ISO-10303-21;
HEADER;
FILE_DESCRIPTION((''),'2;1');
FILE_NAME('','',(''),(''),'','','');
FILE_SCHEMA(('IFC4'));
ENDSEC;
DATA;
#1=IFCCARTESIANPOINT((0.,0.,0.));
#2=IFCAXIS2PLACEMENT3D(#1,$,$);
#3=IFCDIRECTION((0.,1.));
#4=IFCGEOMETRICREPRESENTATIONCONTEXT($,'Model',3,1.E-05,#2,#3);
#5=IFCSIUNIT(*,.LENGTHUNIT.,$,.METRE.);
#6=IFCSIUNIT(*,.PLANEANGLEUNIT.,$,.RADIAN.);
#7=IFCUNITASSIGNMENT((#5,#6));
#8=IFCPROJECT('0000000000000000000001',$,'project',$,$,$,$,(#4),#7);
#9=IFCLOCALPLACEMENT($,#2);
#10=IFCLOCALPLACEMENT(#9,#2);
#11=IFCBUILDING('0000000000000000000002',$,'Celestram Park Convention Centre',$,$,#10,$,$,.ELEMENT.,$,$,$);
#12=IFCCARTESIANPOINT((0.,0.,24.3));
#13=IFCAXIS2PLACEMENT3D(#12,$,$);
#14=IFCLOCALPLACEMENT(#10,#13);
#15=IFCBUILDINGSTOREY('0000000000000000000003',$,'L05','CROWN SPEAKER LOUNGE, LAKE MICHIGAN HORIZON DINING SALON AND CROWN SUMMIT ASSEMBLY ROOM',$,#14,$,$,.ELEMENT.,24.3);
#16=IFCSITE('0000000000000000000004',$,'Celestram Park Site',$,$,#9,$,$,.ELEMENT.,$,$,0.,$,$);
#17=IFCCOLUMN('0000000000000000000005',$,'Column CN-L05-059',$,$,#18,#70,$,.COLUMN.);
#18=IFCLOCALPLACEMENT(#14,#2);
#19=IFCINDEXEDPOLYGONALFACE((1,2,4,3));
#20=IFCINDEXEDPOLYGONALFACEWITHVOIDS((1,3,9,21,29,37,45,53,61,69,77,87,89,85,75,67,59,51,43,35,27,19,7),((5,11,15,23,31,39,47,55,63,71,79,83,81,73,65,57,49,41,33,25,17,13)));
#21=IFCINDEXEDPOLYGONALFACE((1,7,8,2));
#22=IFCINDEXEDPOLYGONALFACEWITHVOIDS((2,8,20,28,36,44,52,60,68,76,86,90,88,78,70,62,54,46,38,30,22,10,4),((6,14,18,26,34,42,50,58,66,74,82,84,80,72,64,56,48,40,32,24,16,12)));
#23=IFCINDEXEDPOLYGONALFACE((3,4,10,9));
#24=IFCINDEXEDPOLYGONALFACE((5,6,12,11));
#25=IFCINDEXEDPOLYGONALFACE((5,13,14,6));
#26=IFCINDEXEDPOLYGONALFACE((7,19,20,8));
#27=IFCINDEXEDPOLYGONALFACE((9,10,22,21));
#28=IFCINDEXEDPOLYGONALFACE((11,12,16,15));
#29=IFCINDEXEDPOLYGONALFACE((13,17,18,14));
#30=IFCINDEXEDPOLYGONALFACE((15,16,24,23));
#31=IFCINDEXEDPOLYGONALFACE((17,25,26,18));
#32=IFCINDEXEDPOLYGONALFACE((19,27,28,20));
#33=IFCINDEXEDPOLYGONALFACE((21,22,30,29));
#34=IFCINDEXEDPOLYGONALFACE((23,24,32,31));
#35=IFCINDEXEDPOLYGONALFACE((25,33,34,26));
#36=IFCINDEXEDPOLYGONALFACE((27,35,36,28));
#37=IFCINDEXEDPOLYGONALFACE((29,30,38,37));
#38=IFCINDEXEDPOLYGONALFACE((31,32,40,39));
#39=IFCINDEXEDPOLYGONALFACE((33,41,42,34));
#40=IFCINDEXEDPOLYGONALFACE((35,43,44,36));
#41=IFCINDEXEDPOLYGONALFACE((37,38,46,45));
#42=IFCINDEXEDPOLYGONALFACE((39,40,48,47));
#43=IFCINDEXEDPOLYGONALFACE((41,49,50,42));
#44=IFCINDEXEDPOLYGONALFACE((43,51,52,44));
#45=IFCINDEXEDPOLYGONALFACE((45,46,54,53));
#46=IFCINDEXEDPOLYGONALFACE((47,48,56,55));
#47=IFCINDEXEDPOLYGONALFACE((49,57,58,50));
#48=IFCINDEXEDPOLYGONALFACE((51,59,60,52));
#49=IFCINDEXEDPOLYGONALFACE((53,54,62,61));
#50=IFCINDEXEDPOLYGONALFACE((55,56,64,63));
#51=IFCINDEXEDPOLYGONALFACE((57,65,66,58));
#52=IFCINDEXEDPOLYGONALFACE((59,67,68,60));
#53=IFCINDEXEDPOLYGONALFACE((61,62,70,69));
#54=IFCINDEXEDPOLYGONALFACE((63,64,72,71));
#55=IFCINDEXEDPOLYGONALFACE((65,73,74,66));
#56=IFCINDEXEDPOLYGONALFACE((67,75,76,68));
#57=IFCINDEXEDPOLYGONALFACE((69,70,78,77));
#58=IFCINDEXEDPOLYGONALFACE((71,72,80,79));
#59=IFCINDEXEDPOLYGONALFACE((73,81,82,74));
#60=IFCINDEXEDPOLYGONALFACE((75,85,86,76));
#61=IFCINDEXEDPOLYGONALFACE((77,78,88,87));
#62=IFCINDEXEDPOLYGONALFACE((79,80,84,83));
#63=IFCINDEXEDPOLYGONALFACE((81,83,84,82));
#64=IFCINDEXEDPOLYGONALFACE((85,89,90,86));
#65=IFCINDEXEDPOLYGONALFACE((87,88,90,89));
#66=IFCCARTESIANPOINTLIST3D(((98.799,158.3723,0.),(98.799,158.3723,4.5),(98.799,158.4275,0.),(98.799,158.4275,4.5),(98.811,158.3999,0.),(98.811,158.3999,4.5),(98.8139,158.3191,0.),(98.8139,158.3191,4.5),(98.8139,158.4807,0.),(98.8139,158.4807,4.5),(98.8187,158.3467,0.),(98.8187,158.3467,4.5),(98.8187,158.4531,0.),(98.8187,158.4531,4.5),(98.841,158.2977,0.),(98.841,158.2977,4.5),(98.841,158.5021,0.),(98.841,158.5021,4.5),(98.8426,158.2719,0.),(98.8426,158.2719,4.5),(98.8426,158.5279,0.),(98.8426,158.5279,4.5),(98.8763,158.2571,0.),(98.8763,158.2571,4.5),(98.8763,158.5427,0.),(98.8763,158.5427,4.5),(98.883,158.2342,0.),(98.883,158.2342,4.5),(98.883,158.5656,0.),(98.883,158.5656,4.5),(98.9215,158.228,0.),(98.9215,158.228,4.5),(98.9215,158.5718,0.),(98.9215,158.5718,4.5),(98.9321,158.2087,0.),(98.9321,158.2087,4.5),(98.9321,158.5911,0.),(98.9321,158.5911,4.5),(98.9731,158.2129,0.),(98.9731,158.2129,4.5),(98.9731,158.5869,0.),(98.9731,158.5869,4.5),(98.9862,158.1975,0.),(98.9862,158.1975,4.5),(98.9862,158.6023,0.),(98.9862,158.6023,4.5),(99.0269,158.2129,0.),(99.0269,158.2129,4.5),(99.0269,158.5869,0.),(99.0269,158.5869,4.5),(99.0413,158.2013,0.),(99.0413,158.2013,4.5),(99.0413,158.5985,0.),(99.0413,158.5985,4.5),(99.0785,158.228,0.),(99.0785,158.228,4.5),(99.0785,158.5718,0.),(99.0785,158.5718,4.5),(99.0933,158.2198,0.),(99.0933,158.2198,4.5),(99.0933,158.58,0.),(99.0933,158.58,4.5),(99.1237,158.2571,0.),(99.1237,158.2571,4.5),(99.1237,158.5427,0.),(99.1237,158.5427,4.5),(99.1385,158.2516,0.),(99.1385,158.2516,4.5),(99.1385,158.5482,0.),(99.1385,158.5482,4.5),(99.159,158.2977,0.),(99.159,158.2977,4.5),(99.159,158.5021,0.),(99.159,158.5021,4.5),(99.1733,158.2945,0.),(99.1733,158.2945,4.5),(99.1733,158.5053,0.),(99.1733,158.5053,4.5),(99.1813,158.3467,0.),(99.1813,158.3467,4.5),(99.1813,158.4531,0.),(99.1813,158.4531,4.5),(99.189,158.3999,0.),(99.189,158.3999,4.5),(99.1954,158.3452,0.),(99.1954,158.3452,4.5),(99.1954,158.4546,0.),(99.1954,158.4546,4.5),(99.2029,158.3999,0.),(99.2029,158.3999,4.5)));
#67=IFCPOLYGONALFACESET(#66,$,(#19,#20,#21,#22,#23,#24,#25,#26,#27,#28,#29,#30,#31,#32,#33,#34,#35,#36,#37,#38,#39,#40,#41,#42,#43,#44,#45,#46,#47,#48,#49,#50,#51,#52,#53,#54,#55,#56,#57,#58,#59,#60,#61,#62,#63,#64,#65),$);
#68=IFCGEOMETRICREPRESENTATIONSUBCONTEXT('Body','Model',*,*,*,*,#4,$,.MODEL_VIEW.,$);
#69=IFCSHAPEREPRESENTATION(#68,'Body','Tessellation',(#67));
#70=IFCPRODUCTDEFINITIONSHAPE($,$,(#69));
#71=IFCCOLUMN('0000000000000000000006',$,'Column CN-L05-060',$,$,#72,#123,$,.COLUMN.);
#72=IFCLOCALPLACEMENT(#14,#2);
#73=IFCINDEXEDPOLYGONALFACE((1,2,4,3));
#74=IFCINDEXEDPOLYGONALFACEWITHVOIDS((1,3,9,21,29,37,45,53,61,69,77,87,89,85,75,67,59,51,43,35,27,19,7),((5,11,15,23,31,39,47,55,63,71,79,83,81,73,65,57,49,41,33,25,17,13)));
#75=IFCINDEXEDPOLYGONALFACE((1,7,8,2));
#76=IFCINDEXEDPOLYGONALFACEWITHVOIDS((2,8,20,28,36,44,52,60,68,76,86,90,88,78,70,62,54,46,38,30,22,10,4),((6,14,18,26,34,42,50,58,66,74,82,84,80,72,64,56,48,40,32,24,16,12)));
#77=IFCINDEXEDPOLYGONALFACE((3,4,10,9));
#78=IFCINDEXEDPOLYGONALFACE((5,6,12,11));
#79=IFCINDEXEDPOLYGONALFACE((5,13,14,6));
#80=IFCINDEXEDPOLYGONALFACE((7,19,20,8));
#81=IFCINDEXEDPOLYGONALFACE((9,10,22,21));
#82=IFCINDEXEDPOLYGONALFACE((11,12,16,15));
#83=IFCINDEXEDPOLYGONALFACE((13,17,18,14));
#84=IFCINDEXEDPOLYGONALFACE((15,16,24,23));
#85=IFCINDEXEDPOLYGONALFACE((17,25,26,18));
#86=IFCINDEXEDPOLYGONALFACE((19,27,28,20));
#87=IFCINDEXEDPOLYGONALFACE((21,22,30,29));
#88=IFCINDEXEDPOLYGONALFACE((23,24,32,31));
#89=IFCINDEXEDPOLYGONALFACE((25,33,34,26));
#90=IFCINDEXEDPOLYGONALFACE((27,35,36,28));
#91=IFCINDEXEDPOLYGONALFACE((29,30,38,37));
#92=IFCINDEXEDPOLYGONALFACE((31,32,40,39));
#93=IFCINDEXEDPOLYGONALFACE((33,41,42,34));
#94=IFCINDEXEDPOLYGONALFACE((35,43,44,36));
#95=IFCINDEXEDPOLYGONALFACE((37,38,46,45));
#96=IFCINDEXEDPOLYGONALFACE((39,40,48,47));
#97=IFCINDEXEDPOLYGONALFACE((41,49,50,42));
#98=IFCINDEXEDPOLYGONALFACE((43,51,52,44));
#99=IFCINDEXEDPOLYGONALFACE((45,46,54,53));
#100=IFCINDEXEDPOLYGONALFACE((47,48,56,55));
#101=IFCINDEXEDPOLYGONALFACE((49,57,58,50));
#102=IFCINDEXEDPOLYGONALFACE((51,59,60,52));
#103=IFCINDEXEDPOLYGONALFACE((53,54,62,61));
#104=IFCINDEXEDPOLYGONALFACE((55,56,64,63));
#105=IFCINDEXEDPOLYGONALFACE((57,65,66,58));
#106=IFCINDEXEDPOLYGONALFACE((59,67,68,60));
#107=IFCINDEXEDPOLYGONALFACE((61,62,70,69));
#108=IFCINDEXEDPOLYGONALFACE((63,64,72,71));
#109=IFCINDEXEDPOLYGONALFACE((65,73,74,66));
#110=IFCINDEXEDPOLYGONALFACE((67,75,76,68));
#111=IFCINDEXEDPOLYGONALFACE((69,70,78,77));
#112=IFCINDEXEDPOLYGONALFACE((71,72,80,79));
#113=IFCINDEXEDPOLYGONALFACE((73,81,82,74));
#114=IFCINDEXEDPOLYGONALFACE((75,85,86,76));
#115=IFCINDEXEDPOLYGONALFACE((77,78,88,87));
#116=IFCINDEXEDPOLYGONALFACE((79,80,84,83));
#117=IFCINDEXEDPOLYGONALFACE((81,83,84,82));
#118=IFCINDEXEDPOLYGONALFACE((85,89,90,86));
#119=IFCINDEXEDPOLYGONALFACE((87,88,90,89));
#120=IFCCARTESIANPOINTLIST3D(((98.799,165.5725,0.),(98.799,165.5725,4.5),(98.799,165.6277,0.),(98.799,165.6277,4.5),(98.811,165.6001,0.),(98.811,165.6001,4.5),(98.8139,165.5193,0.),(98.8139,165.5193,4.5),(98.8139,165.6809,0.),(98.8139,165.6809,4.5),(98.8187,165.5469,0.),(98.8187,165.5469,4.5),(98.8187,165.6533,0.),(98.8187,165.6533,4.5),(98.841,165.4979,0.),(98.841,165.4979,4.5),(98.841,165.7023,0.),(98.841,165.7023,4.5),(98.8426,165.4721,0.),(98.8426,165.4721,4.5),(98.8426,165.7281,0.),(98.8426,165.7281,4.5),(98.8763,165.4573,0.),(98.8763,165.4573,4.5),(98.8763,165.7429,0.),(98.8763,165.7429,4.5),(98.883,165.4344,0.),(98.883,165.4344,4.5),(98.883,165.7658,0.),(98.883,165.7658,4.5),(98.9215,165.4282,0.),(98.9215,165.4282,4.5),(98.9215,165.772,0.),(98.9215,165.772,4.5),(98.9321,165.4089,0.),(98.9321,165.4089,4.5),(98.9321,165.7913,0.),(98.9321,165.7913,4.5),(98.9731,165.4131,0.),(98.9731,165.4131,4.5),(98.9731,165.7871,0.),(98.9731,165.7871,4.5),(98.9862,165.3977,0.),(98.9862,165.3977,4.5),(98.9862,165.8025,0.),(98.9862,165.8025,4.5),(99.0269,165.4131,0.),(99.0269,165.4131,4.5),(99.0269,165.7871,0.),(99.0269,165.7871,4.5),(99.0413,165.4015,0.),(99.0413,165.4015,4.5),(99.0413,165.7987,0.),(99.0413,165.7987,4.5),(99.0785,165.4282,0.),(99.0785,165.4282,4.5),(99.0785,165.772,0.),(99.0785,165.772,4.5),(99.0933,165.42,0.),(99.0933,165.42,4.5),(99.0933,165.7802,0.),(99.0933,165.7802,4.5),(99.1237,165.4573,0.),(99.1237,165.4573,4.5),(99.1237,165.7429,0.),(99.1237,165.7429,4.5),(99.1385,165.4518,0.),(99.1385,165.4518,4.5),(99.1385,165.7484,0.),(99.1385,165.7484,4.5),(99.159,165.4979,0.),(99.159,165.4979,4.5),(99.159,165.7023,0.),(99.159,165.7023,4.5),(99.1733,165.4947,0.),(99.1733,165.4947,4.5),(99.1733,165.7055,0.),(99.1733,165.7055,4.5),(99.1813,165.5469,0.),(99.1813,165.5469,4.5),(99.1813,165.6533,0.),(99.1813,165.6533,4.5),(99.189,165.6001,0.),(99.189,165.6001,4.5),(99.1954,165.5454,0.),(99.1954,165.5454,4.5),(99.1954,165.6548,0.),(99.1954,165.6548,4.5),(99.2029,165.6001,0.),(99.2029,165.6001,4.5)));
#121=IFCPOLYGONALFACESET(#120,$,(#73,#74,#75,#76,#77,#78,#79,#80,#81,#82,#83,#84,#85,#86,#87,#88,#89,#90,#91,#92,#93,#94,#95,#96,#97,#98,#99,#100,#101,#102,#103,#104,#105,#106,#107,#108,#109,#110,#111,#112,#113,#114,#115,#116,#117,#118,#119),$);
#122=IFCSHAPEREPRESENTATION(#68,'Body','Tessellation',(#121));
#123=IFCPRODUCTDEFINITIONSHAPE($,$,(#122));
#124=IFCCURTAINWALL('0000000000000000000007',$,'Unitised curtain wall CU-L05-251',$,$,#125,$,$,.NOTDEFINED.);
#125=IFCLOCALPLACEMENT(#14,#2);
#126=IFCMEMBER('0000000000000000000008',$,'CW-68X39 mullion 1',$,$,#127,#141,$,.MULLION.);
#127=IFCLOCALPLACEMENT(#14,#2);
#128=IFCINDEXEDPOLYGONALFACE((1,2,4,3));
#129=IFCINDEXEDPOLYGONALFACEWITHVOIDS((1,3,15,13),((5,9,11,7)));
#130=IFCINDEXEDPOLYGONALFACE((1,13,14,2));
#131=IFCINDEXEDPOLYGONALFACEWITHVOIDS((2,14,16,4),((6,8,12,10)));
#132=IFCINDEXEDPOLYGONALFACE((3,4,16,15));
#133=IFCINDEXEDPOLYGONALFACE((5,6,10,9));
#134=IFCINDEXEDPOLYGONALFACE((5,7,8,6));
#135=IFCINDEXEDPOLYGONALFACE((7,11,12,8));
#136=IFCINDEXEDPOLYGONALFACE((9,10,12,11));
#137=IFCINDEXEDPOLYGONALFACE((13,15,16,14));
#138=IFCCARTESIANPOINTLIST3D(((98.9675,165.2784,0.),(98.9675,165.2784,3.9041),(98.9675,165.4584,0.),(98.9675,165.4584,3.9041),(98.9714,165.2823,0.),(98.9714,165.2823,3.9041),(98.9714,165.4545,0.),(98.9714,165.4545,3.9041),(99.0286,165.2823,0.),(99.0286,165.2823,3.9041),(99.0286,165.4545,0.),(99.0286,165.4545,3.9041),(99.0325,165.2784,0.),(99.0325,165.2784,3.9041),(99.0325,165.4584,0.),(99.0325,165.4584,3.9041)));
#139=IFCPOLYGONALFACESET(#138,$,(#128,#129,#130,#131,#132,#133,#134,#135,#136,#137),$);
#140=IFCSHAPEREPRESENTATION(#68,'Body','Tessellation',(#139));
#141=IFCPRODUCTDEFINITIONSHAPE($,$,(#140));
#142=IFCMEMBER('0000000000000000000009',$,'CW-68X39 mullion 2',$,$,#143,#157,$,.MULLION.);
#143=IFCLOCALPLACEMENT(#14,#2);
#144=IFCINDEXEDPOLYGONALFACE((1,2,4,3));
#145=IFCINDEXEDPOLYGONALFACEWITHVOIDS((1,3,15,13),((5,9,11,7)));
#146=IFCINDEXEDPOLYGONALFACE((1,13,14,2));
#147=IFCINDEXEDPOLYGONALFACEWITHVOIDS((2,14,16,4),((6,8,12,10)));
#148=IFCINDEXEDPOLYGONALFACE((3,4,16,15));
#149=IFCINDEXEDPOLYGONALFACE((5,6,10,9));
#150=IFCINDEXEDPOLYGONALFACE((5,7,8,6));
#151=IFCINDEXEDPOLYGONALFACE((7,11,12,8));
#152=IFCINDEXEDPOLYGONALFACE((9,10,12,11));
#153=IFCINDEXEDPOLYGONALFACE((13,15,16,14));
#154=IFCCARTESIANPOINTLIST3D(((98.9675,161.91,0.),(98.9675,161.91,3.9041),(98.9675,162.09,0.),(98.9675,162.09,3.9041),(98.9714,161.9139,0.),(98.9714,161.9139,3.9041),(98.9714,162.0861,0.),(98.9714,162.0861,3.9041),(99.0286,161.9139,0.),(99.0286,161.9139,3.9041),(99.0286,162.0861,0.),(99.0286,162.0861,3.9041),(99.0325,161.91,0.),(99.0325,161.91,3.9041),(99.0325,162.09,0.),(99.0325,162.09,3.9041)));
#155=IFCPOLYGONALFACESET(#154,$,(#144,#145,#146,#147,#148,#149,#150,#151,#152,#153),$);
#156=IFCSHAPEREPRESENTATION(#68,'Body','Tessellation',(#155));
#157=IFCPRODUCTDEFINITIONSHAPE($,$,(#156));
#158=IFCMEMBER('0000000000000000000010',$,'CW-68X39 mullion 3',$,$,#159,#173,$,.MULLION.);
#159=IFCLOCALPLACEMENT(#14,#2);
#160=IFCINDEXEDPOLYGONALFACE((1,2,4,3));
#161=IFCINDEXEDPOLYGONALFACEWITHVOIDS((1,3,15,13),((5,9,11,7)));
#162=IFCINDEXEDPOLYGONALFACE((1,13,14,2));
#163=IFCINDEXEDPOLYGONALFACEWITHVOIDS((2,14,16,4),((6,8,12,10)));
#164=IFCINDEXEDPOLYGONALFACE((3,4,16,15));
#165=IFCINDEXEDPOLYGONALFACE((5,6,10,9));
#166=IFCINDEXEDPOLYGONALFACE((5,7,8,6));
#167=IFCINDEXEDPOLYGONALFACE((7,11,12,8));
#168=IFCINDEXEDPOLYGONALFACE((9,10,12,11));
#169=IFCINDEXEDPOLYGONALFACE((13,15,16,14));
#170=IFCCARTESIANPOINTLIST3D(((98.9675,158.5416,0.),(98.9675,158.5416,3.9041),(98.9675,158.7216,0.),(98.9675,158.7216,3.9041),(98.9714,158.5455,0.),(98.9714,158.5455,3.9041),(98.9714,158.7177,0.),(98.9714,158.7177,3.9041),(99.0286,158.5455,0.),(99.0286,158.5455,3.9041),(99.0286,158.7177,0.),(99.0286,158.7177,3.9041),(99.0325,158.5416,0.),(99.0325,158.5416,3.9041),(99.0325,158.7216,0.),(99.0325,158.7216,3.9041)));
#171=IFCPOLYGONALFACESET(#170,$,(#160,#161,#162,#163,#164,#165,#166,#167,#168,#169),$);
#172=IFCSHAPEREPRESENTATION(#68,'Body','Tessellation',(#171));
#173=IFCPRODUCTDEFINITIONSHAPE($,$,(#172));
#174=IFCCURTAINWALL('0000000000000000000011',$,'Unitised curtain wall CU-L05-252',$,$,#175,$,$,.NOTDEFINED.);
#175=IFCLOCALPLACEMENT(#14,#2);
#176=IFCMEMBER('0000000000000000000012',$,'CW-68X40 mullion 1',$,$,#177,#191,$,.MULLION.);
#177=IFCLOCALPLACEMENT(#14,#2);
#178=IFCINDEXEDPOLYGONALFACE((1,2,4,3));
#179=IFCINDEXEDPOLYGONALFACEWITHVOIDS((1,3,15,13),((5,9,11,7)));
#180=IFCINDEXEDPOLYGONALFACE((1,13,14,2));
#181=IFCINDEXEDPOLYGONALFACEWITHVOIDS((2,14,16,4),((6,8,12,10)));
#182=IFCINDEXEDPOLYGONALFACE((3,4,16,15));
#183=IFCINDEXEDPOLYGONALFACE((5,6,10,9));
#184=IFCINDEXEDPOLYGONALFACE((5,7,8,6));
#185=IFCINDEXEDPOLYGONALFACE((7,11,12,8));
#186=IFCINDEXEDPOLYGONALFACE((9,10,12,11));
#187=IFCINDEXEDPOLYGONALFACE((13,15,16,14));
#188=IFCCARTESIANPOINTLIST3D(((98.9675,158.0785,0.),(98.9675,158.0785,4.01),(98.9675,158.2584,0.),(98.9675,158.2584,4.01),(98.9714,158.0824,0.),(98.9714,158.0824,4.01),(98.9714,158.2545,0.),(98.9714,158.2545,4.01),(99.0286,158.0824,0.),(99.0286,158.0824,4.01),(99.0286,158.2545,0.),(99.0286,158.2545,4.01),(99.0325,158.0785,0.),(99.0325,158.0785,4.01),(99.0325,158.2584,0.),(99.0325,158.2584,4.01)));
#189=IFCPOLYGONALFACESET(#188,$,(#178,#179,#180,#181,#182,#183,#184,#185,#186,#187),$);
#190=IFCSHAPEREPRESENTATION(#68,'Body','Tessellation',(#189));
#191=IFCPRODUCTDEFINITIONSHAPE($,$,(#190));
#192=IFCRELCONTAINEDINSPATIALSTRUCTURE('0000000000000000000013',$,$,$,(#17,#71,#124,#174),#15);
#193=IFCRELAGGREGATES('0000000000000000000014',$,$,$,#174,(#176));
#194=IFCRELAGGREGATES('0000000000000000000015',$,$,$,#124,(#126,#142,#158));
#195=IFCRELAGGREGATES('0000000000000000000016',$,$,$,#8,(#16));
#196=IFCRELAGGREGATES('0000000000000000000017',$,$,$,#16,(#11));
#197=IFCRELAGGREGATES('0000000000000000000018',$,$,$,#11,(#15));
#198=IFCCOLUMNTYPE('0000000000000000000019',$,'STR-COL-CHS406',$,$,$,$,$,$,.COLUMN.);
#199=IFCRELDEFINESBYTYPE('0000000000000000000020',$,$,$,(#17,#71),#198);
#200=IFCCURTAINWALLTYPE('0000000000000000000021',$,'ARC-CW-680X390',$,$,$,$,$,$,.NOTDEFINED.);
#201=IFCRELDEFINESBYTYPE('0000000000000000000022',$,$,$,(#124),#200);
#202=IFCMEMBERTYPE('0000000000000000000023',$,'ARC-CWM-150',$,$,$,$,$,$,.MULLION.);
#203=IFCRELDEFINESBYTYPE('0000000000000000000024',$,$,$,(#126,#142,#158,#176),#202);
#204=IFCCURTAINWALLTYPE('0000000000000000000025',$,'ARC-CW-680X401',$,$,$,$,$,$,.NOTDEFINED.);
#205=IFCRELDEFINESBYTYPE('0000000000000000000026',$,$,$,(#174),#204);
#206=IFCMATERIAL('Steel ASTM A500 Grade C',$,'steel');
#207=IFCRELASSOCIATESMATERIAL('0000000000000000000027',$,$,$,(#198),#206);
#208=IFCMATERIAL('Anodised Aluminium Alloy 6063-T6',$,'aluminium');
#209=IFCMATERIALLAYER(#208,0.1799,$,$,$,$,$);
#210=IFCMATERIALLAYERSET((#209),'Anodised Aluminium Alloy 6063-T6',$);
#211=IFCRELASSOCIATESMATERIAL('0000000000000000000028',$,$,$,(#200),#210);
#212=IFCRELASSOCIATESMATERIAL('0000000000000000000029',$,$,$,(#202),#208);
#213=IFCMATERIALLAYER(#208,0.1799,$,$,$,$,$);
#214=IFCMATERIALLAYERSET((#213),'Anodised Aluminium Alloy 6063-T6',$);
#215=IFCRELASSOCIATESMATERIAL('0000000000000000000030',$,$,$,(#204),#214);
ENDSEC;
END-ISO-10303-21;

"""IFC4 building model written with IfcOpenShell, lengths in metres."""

from ifc_helpers import new_model, si_unit, direction, frame, origin, origin_2d, place, context, subcontext, project, spatial, hollow_rectangle, hollow_circle, extrude, material, layer, layer_set, material_profile, profile_set, type_object, element, aggregate, save


model = new_model("IFC4")

# Units and contexts
model_context = context("Model", 3, precision=1e-05, world=origin(), true_north=direction((0.0, 1.0)))
body_context = subcontext(model_context, "Body", "Model", "MODEL_VIEW")
ifc_project = project(units=[si_unit("LENGTHUNIT", "METRE"), si_unit("PLANEANGLEUNIT", "RADIAN")], contexts=[model_context])

# Site, building, storey
site_placement = place(None, origin())
site = spatial("IfcSite", under=ifc_project, at=site_placement, Name="Celestram Park Site", CompositionType="ELEMENT", RefElevation=0.0)
building_placement = place(site_placement, origin())
building = spatial("IfcBuilding", under=site, at=building_placement, Name="Celestram Park Convention Centre", CompositionType="ELEMENT")
storey_placement = place(building_placement, frame((0.0, 0.0, 24.3)))
storey = spatial("IfcBuildingStorey", under=building, at=storey_placement, Name="L05", Description="CROWN SPEAKER LOUNGE, LAKE MICHIGAN HORIZON DINING SALON AND CROWN SUMMIT ASSEMBLY ROOM", CompositionType="ELEMENT", Elevation=24.3)

# Columns
ifc_material_1 = material(Name="Steel ASTM A500 Grade C", Category="steel")
ifc_material_profile_1 = material_profile(ifc_material_1, hollow_circle(Radius=0.2029, WallThickness=0.0139, at=origin_2d()), Name="CHS406X14")
ifc_profile_set_1 = profile_set([ifc_material_profile_1], Name="Steel ASTM A500 Grade C")
column_type = type_object("IfcColumnType", Name="STR-COL-CHS406", PredefinedType="COLUMN", material=ifc_profile_set_1)
for number, where, z_axis, x_axis, name in (
    (1, (99.0, 158.3999, 0.0), (0.0, 0.0, 1.0), (1.0, 0.0, 0.0), "Column CN-L05-059"),
    (2, (99.0, 165.6001, 0.0), (0.0, 0.0, 1.0), (1.0, 0.0, 0.0), "Column CN-L05-060"),
):
    element("IfcColumn", number, at=place(storey_placement, frame(where, z_axis=z_axis, x_axis=x_axis)), inside=storey, type_object=column_type, Name=name, PredefinedType="COLUMN", context=body_context, shape_type="SweptSolid", body=[
        extrude(hollow_circle(Radius=0.2029, WallThickness=0.0139, at=origin_2d()), origin(), (0.0, 0.0, 1.0), 4.5),
    ])

# Curtain wall, members
ifc_material_2 = material(Name="Anodised Aluminium Alloy 6063-T6", Category="aluminium")
ifc_layer_1 = layer(ifc_material_2, 0.1799)
ifc_layer_set_1 = layer_set([ifc_layer_1], Name="Anodised Aluminium Alloy 6063-T6")
curtain_wall_type_1 = type_object("IfcCurtainWallType", Name="ARC-CW-680X390", PredefinedType="NOTDEFINED", material=ifc_layer_set_1)
curtain_wall_1_placement = place(storey_placement, origin())
curtain_wall_1 = element("IfcCurtainWall", 3, at=curtain_wall_1_placement, inside=storey, type_object=curtain_wall_type_1, Name="Unitised curtain wall CU-L05-251", PredefinedType="NOTDEFINED")
ifc_material_profile_2 = material_profile(ifc_material_2, hollow_rectangle(XDim=0.0649, YDim=0.1799, WallThickness=0.0039, at=origin_2d()), Name="ALU65X180X4")
ifc_profile_set_2 = profile_set([ifc_material_profile_2], Name="Anodised Aluminium Alloy 6063-T6")
member_type_1 = type_object("IfcMemberType", Name="ARC-CWM-150", PredefinedType="MULLION", material=ifc_profile_set_2)
member_1_placement = place(storey_placement, frame((99.0, 165.3684, 0.0), z_axis=(0.0, 0.0, 1.0), x_axis=(1.0, 0.0, 0.0)))
member_1 = element("IfcMember", 4, at=member_1_placement, type_object=member_type_1, Name="CW-68X39 mullion 1", PredefinedType="MULLION", context=body_context, shape_type="SweptSolid", body=[
    extrude(hollow_rectangle(XDim=0.0649, YDim=0.1799, WallThickness=0.0039, at=origin_2d()), origin(), (0.0, 0.0, 1.0), 3.9041),
])
member_2_placement = place(storey_placement, frame((99.0, 162.0, 0.0), z_axis=(0.0, 0.0, 1.0), x_axis=(1.0, 0.0, 0.0)))
member_2 = element("IfcMember", 5, at=member_2_placement, type_object=member_type_1, Name="CW-68X39 mullion 2", PredefinedType="MULLION", context=body_context, shape_type="SweptSolid", body=[
    extrude(hollow_rectangle(XDim=0.0649, YDim=0.1799, WallThickness=0.0039, at=origin_2d()), origin(), (0.0, 0.0, 1.0), 3.9041),
])
member_3_placement = place(storey_placement, frame((99.0, 158.6316, 0.0), z_axis=(0.0, 0.0, 1.0), x_axis=(1.0, 0.0, 0.0)))
member_3 = element("IfcMember", 6, at=member_3_placement, type_object=member_type_1, Name="CW-68X39 mullion 3", PredefinedType="MULLION", context=body_context, shape_type="SweptSolid", body=[
    extrude(hollow_rectangle(XDim=0.0649, YDim=0.1799, WallThickness=0.0039, at=origin_2d()), origin(), (0.0, 0.0, 1.0), 3.9041),
])

# Curtain wall, member
ifc_layer_2 = layer(ifc_material_2, 0.1799)
ifc_layer_set_2 = layer_set([ifc_layer_2], Name="Anodised Aluminium Alloy 6063-T6")
curtain_wall_type_2 = type_object("IfcCurtainWallType", Name="ARC-CW-680X401", PredefinedType="NOTDEFINED", material=ifc_layer_set_2)
curtain_wall_2_placement = place(storey_placement, origin())
curtain_wall_2 = element("IfcCurtainWall", 7, at=curtain_wall_2_placement, inside=storey, type_object=curtain_wall_type_2, Name="Unitised curtain wall CU-L05-252", PredefinedType="NOTDEFINED")
member_4_placement = place(storey_placement, frame((99.0, 158.1685, 0.0), z_axis=(0.0, 0.0, 1.0), x_axis=(1.0, 0.0, 0.0)))
member_4 = element("IfcMember", 8, at=member_4_placement, type_object=member_type_1, Name="CW-68X40 mullion 1", PredefinedType="MULLION", context=body_context, shape_type="SweptSolid", body=[
    extrude(hollow_rectangle(XDim=0.0649, YDim=0.1799, WallThickness=0.0039, at=origin_2d()), origin(), (0.0, 0.0, 1.0), 4.01),
])

aggregate(curtain_wall_2, [member_4])

aggregate(curtain_wall_1, [member_1, member_2, member_3])

save(model, "model.ifc")
